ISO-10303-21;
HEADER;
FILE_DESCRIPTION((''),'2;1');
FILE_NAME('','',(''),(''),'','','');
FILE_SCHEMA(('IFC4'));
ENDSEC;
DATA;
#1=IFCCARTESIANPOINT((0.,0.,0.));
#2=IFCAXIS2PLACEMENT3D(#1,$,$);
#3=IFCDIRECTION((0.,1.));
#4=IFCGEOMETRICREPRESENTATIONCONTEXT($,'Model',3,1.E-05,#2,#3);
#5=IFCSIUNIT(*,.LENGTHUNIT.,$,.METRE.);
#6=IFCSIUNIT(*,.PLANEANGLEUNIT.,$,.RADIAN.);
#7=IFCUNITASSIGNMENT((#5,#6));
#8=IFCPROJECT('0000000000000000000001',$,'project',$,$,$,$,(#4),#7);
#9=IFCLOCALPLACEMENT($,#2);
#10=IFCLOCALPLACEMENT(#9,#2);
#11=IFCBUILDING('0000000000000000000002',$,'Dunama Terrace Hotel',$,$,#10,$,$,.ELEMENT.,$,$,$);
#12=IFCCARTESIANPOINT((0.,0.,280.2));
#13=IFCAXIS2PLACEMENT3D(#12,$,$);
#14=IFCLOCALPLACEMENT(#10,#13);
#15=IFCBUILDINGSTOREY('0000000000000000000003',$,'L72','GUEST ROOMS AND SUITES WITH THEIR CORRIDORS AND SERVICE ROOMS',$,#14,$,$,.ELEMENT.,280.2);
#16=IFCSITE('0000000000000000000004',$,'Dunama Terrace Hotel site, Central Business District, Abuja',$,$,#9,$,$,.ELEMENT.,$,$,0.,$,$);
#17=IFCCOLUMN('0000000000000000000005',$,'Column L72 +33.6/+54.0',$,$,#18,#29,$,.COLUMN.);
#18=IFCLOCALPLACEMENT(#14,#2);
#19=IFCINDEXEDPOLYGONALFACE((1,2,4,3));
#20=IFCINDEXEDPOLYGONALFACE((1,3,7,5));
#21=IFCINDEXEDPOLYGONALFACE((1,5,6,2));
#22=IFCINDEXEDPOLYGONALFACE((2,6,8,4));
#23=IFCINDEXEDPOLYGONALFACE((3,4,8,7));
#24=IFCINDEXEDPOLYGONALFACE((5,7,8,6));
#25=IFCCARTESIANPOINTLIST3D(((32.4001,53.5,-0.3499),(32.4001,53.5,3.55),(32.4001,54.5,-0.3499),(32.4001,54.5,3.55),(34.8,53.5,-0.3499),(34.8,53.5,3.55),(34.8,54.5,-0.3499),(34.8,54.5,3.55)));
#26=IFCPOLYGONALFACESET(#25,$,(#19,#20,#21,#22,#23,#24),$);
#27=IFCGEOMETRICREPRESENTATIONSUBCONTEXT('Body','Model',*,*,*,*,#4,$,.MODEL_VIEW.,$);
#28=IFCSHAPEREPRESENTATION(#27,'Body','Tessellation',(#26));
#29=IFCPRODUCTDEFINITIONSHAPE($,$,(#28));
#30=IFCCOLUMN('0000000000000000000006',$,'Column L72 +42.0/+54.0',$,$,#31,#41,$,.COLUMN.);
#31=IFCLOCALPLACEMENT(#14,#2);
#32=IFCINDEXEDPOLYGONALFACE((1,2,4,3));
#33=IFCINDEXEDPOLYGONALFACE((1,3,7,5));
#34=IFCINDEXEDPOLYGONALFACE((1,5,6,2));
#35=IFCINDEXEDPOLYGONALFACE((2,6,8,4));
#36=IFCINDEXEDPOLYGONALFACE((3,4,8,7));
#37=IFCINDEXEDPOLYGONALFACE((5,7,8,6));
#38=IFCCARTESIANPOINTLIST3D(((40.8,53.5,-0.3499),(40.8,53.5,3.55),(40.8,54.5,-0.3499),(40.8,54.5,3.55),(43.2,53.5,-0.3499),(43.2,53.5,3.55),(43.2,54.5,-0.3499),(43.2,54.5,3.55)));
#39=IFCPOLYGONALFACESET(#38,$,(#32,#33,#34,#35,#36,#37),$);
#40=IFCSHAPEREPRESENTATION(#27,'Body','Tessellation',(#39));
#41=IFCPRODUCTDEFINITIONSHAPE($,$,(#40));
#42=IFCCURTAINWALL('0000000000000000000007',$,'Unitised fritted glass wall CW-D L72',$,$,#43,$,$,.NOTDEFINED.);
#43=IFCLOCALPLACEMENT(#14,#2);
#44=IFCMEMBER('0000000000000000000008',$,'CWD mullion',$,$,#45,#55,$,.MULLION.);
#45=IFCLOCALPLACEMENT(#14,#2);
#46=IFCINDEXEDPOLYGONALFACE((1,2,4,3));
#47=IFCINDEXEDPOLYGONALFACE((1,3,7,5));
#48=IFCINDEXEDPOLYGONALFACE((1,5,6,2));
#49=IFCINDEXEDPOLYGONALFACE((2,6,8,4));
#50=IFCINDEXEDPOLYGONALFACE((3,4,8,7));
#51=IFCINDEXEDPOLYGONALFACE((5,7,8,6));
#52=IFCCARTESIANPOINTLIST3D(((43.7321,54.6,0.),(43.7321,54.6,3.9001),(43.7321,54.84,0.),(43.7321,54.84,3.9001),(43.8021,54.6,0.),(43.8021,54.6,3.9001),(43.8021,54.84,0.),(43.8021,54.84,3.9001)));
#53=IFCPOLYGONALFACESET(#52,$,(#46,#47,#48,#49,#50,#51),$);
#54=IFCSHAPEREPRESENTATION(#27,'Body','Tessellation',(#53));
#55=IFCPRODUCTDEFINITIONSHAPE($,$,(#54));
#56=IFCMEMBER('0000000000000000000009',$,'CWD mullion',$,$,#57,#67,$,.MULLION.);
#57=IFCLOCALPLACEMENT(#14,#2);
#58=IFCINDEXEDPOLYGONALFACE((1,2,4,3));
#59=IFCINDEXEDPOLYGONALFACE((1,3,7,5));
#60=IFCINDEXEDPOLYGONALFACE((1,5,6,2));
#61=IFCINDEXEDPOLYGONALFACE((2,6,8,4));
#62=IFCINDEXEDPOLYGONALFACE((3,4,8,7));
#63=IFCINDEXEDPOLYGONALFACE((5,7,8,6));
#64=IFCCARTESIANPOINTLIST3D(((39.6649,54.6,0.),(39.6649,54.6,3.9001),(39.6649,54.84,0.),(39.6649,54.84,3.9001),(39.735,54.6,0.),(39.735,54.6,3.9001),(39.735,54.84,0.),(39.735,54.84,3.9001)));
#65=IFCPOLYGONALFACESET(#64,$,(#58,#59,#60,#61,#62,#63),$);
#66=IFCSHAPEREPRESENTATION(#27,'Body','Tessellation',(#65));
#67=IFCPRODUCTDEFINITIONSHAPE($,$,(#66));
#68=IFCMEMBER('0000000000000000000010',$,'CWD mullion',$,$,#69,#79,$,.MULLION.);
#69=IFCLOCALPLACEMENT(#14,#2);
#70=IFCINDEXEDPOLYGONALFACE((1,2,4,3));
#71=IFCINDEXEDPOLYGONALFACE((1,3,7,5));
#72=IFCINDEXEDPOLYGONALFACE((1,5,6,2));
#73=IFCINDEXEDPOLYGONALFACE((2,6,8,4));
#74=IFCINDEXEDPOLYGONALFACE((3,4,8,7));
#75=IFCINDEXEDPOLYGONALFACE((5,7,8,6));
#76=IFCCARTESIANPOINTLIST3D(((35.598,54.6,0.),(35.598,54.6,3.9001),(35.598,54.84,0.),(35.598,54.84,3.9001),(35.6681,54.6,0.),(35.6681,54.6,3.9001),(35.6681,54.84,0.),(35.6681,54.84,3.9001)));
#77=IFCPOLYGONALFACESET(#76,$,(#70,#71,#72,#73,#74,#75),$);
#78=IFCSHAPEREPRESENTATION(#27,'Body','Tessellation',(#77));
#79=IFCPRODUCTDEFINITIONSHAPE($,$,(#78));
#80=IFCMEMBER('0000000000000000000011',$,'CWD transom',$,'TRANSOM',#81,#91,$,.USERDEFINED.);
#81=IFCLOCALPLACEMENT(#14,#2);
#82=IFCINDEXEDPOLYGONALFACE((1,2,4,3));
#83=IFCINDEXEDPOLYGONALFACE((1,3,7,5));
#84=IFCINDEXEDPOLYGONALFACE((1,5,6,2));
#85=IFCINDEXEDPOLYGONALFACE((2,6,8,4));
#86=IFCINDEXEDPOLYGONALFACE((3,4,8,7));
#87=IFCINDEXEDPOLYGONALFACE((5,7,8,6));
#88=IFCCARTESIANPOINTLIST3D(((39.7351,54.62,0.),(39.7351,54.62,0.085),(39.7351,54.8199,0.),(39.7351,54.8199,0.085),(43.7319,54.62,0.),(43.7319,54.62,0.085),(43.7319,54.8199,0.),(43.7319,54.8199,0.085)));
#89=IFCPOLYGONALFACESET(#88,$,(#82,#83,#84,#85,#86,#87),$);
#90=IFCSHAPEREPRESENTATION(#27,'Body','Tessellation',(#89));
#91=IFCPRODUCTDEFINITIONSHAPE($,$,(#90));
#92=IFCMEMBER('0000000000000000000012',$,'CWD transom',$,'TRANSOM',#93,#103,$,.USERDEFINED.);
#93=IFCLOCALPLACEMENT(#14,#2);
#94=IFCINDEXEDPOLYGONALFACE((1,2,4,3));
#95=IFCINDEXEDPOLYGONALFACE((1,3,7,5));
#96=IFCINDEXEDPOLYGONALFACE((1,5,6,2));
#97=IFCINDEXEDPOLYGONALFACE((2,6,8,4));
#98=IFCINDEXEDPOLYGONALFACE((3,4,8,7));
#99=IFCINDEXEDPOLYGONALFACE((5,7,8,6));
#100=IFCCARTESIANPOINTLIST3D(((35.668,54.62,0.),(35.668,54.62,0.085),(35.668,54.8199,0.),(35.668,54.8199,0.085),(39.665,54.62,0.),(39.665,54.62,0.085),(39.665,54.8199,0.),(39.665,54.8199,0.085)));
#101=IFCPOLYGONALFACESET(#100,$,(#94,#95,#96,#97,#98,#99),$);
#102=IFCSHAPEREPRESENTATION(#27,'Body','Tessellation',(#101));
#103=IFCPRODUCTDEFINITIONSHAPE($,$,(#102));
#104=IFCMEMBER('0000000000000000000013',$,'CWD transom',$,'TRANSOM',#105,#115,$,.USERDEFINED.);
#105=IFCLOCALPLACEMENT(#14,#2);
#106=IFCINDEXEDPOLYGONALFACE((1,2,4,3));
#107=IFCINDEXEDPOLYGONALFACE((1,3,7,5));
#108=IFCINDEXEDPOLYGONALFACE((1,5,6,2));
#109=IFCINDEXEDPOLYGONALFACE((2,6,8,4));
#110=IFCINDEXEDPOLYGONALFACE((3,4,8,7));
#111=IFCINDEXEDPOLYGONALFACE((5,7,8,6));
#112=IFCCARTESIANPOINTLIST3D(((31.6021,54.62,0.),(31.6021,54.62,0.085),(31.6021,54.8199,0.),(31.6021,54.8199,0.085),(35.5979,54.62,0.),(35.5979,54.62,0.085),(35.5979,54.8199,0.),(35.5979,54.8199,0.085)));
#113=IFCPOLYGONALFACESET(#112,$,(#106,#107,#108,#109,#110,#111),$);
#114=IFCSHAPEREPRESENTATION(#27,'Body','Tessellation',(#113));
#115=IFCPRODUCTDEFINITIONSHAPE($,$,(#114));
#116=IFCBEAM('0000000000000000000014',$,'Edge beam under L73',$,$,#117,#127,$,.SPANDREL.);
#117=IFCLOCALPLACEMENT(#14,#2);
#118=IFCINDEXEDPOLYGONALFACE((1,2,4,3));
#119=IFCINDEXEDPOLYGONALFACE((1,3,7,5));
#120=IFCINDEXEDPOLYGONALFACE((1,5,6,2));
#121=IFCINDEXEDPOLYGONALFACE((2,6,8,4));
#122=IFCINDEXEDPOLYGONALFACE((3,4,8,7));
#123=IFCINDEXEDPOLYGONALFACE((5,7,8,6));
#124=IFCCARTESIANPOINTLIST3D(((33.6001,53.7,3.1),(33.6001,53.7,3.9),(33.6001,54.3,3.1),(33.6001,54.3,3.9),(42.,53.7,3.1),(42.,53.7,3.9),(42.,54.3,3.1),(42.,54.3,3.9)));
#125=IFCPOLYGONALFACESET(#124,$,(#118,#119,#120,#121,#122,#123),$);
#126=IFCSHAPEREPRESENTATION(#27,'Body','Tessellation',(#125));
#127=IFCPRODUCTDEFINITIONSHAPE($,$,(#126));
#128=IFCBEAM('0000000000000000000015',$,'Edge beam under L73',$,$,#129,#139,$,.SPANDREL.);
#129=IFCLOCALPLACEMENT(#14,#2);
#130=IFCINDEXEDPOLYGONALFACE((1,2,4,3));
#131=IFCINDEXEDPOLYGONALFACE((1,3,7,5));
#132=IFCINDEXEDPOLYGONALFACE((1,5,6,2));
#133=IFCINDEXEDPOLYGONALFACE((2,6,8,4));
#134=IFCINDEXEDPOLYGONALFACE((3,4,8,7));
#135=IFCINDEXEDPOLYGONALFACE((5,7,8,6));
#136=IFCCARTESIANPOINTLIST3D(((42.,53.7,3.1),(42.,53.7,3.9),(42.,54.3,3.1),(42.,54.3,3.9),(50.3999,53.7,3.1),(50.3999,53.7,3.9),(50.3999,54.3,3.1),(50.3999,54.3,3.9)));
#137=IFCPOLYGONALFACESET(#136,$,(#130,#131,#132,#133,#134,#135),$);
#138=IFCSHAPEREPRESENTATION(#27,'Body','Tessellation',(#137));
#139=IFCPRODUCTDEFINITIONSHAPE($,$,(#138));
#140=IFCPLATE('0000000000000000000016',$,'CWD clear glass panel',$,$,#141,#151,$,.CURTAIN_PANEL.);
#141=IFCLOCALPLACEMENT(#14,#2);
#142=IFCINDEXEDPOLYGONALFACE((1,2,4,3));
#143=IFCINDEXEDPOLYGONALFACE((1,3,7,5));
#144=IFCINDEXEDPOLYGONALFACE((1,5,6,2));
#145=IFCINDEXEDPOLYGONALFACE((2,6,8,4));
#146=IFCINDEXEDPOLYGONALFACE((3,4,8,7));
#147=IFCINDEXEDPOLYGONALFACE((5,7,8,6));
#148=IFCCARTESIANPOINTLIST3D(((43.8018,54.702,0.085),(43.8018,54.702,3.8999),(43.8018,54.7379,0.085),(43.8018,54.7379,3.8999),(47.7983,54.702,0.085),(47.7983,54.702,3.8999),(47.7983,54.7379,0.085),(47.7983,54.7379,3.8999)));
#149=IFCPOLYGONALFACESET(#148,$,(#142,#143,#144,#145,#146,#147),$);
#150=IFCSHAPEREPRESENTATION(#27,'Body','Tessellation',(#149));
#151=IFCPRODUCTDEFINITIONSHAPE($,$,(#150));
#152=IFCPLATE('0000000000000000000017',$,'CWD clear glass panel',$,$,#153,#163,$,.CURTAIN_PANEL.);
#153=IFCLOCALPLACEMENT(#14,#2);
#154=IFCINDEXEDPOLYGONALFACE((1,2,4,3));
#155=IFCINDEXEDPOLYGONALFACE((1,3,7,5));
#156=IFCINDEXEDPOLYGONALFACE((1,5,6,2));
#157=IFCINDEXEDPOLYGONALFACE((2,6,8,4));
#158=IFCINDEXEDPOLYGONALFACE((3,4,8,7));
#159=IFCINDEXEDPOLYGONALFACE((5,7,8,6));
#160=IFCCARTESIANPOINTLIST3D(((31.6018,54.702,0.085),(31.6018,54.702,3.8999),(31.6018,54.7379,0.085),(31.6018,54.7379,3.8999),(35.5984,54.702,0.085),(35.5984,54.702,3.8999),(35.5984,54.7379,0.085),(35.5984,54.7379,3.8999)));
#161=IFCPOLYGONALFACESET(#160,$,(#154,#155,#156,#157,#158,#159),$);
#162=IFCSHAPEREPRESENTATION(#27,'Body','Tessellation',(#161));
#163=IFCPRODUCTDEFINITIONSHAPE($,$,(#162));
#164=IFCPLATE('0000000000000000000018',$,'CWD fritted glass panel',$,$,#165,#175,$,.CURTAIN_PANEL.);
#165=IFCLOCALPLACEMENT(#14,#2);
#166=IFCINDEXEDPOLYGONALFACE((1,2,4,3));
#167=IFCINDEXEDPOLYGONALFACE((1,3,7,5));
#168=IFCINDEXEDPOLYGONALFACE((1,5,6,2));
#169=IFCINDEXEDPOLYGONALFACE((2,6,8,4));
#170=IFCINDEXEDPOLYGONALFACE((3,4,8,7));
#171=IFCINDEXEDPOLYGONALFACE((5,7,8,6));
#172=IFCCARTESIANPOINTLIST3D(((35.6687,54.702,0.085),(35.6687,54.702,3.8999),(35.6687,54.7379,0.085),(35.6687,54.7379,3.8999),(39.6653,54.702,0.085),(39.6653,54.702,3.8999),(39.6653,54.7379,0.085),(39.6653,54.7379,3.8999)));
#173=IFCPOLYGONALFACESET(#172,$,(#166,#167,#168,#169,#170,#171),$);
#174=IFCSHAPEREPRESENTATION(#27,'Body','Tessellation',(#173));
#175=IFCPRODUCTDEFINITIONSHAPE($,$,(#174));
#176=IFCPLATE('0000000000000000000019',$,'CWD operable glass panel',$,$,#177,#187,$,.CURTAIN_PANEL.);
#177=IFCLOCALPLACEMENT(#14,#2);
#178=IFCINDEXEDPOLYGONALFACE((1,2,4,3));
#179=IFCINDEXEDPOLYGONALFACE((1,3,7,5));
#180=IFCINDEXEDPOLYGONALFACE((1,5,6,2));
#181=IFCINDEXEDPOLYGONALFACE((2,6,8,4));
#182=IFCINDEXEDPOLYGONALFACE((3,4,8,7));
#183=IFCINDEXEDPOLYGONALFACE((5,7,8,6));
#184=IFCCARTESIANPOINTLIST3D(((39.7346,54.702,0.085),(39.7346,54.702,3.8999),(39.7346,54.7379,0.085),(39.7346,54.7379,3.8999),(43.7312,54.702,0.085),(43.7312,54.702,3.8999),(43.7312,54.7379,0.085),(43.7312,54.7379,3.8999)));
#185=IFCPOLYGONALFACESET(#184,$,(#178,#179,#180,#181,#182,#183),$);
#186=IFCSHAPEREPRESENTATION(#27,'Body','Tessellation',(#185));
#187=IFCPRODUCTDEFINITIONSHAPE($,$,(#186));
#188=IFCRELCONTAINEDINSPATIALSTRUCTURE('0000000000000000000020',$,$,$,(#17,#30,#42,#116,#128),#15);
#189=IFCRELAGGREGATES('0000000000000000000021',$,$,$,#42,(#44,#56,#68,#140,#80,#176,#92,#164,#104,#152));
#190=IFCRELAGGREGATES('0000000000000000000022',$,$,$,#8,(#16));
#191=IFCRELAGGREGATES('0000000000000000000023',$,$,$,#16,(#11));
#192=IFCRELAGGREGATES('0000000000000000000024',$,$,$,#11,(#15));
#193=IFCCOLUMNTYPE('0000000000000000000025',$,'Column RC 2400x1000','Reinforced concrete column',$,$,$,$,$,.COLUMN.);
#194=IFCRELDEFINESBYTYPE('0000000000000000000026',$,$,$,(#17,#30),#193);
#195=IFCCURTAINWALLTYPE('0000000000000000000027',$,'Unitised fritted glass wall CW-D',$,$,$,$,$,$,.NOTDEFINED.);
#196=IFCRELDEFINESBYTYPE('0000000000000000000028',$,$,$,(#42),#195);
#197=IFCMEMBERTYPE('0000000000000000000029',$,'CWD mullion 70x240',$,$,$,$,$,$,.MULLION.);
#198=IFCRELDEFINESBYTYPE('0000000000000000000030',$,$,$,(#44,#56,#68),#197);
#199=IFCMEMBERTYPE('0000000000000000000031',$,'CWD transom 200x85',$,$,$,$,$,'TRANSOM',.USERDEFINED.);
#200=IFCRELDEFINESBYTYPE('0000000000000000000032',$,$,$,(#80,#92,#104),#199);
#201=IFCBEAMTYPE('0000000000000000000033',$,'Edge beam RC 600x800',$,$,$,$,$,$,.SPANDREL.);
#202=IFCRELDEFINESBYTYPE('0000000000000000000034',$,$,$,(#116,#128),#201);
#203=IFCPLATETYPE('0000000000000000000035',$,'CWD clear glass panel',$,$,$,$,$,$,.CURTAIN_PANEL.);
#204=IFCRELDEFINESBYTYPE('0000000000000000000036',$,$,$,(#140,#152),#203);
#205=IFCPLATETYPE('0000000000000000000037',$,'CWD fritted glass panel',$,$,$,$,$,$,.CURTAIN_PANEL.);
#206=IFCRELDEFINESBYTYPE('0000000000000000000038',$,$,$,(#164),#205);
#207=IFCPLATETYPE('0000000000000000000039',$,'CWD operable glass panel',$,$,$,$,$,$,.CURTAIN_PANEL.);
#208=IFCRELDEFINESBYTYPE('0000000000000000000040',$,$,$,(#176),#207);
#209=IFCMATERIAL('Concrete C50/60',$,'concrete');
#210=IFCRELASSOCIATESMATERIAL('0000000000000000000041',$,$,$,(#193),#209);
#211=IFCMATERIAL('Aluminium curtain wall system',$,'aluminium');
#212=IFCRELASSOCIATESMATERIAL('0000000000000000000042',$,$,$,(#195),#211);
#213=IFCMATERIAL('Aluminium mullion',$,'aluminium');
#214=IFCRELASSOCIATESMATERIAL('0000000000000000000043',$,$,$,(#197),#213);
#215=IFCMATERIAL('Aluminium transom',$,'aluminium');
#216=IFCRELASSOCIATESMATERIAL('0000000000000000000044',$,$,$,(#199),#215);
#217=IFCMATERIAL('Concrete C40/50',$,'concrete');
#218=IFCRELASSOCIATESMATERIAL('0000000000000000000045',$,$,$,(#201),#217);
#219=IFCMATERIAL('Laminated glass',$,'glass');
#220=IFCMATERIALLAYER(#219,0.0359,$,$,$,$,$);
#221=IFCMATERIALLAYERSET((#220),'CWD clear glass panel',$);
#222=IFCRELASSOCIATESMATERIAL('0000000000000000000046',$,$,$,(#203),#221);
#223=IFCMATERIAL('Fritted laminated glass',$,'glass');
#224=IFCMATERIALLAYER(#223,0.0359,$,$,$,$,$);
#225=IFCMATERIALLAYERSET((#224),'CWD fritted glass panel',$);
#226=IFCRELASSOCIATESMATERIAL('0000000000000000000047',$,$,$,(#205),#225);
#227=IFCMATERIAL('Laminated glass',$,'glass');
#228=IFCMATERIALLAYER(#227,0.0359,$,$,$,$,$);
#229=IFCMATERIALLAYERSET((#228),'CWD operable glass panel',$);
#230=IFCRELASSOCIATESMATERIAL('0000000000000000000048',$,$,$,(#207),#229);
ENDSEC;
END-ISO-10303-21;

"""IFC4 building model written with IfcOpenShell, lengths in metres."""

from ifc_helpers import new_model, si_unit, direction, frame, origin, origin_2d, place, context, subcontext, project, spatial, rectangle, extrude, material, layer, layer_set, material_profile, profile_set, type_object, element, aggregate, save


model = new_model("IFC4")

# Units and contexts
model_context = context("Model", 3, precision=1e-05, world=origin(), true_north=direction((0.0, 1.0)))
body_context = subcontext(model_context, "Body", "Model", "MODEL_VIEW")
ifc_project = project(units=[si_unit("LENGTHUNIT", "METRE"), si_unit("PLANEANGLEUNIT", "RADIAN")], contexts=[model_context])

# Site, building, storey
site_placement = place(None, origin())
site = spatial("IfcSite", under=ifc_project, at=site_placement, Name="Dunama Terrace Hotel site, Central Business District, Abuja", CompositionType="ELEMENT", RefElevation=0.0)
building_placement = place(site_placement, origin())
building = spatial("IfcBuilding", under=site, at=building_placement, Name="Dunama Terrace Hotel", CompositionType="ELEMENT")
storey_placement = place(building_placement, frame((0.0, 0.0, 280.2)))
storey = spatial("IfcBuildingStorey", under=building, at=storey_placement, Name="L72", Description="GUEST ROOMS AND SUITES WITH THEIR CORRIDORS AND SERVICE ROOMS", CompositionType="ELEMENT", Elevation=280.2)

# Columns
ifc_material_1 = material(Name="Concrete C50/60", Category="concrete")
ifc_material_profile_1 = material_profile(ifc_material_1, rectangle(XDim=2.3999, YDim=1.0, at=origin_2d()), Name="RC 2400x1000")
ifc_profile_set_1 = profile_set([ifc_material_profile_1], Name="Concrete C50/60")
column_type = type_object("IfcColumnType", Name="Column RC 2400x1000", Description="Reinforced concrete column", PredefinedType="COLUMN", material=ifc_profile_set_1)
for number, where, z_axis, x_axis, name in (
    (1, (33.6001, 54.0, -0.3499), (0.0, 0.0, 1.0), (1.0, 0.0, 0.0), "Column L72 +33.6/+54.0"),
    (2, (42.0, 54.0, -0.3499), (0.0, 0.0, 1.0), (1.0, 0.0, 0.0), "Column L72 +42.0/+54.0"),
):
    element("IfcColumn", number, at=place(storey_placement, frame(where, z_axis=z_axis, x_axis=x_axis)), inside=storey, type_object=column_type, Name=name, PredefinedType="COLUMN", context=body_context, shape_type="SweptSolid", body=[
        extrude(rectangle(XDim=2.3999, YDim=1.0, at=origin_2d()), origin(), (0.0, 0.0, 1.0), 3.8999),
    ])

# Curtain wall, members
ifc_material_2 = material(Name="Aluminium curtain wall system", Category="aluminium")
curtain_wall_type = type_object("IfcCurtainWallType", Name="Unitised fritted glass wall CW-D", PredefinedType="NOTDEFINED", material=ifc_material_2)
curtain_wall_placement = place(storey_placement, origin())
curtain_wall = element("IfcCurtainWall", 3, at=curtain_wall_placement, inside=storey, type_object=curtain_wall_type, Name="Unitised fritted glass wall CW-D L72", PredefinedType="NOTDEFINED")
ifc_material_3 = material(Name="Aluminium mullion", Category="aluminium")
ifc_material_profile_2 = material_profile(ifc_material_3, rectangle(XDim=0.0701, YDim=0.24, at=origin_2d()), Name="CWD MULLION 70X240")
ifc_profile_set_2 = profile_set([ifc_material_profile_2], Name="Aluminium mullion")
member_type_1 = type_object("IfcMemberType", Name="CWD mullion 70x240", PredefinedType="MULLION", material=ifc_profile_set_2)
member_1_placement = place(storey_placement, frame((43.7671, 54.72, 0.0), z_axis=(0.0, 0.0, 1.0), x_axis=(-1.0, 0.0, 0.0)))
member_1 = element("IfcMember", 4, at=member_1_placement, type_object=member_type_1, Name="CWD mullion", PredefinedType="MULLION", context=body_context, shape_type="SweptSolid", body=[
    extrude(rectangle(XDim=0.0701, YDim=0.24, at=origin_2d()), origin(), (0.0, 0.0, 1.0), 3.9001),
])
member_2_placement = place(storey_placement, frame((39.7, 54.72, 0.0), z_axis=(0.0, 0.0, 1.0), x_axis=(-1.0, 0.0, 0.0)))
member_2 = element("IfcMember", 5, at=member_2_placement, type_object=member_type_1, Name="CWD mullion", PredefinedType="MULLION", context=body_context, shape_type="SweptSolid", body=[
    extrude(rectangle(XDim=0.0701, YDim=0.24, at=origin_2d()), origin(), (0.0, 0.0, 1.0), 3.9001),
])
member_3_placement = place(storey_placement, frame((35.6331, 54.72, 0.0), z_axis=(0.0, 0.0, 1.0), x_axis=(-1.0, 0.0, 0.0)))
member_3 = element("IfcMember", 6, at=member_3_placement, type_object=member_type_1, Name="CWD mullion", PredefinedType="MULLION", context=body_context, shape_type="SweptSolid", body=[
    extrude(rectangle(XDim=0.0701, YDim=0.24, at=origin_2d()), origin(), (0.0, 0.0, 1.0), 3.9001),
])
ifc_material_4 = material(Name="Aluminium transom", Category="aluminium")
ifc_material_profile_3 = material_profile(ifc_material_4, rectangle(XDim=0.2, YDim=0.085, at=origin_2d()), Name="CWD TRANSOM 200X85")
ifc_profile_set_3 = profile_set([ifc_material_profile_3], Name="Aluminium transom")
member_type_2 = type_object("IfcMemberType", Name="CWD transom 200x85", ElementType="TRANSOM", PredefinedType="USERDEFINED", material=ifc_profile_set_3)
member_4_placement = place(storey_placement, frame((43.7319, 54.72, 0.0425), z_axis=(-1.0, 0.0, 0.0), x_axis=(0.0, -1.0, 0.0)))
member_4 = element("IfcMember", 7, at=member_4_placement, type_object=member_type_2, Name="CWD transom", ObjectType="TRANSOM", PredefinedType="USERDEFINED", context=body_context, shape_type="SweptSolid", body=[
    extrude(rectangle(XDim=0.2, YDim=0.085, at=origin_2d()), origin(), (0.0, 0.0, 1.0), 3.9968),
])
member_5_placement = place(storey_placement, frame((39.665, 54.72, 0.0425), z_axis=(-1.0, 0.0, 0.0), x_axis=(0.0, -1.0, 0.0)))
member_5 = element("IfcMember", 8, at=member_5_placement, type_object=member_type_2, Name="CWD transom", ObjectType="TRANSOM", PredefinedType="USERDEFINED", context=body_context, shape_type="SweptSolid", body=[
    extrude(rectangle(XDim=0.2, YDim=0.085, at=origin_2d()), origin(), (0.0, 0.0, 1.0), 3.9971),
])
member_6_placement = place(storey_placement, frame((35.5979, 54.72, 0.0425), z_axis=(-1.0, 0.0, 0.0), x_axis=(0.0, -1.0, 0.0)))
member_6 = element("IfcMember", 9, at=member_6_placement, type_object=member_type_2, Name="CWD transom", ObjectType="TRANSOM", PredefinedType="USERDEFINED", context=body_context, shape_type="SweptSolid", body=[
    extrude(rectangle(XDim=0.2, YDim=0.085, at=origin_2d()), origin(), (0.0, 0.0, 1.0), 3.9958),
])

# Beams
ifc_material_5 = material(Name="Concrete C40/50", Category="concrete")
ifc_material_profile_4 = material_profile(ifc_material_5, rectangle(XDim=0.6001, YDim=0.8, at=origin_2d()), Name="RC 600x800")
ifc_profile_set_4 = profile_set([ifc_material_profile_4], Name="Concrete C40/50")
beam_type = type_object("IfcBeamType", Name="Edge beam RC 600x800", PredefinedType="SPANDREL", material=ifc_profile_set_4)
for number, where, z_axis, x_axis, name in (
    (10, (33.6001, 54.0, 3.5), (1.0, 0.0, 0.0), (0.0, 1.0, 0.0), "Edge beam under L73"),
    (11, (42.0, 54.0, 3.5), (1.0, 0.0, 0.0), (0.0, 1.0, 0.0), "Edge beam under L73"),
):
    element("IfcBeam", number, at=place(storey_placement, frame(where, z_axis=z_axis, x_axis=x_axis)), inside=storey, type_object=beam_type, Name=name, PredefinedType="SPANDREL", context=body_context, shape_type="SweptSolid", body=[
        extrude(rectangle(XDim=0.6001, YDim=0.8, at=origin_2d()), origin(), (0.0, 0.0, 1.0), 8.3999),
    ])

# Plates
ifc_material_6 = material(Name="Laminated glass", Category="glass")
ifc_layer_1 = layer(ifc_material_6, 0.0359)
ifc_layer_set_1 = layer_set([ifc_layer_1], Name="CWD clear glass panel")
plate_type_1 = type_object("IfcPlateType", Name="CWD clear glass panel", PredefinedType="CURTAIN_PANEL", material=ifc_layer_set_1)
plate_1_placement = place(storey_placement, frame((45.8, 54.72, 0.085), z_axis=(0.0, 0.0, 1.0), x_axis=(-1.0, 0.0, 0.0)))
plate_1 = element("IfcPlate", 12, at=plate_1_placement, type_object=plate_type_1, Name="CWD clear glass panel", PredefinedType="CURTAIN_PANEL", context=body_context, shape_type="SweptSolid", body=[
    extrude(rectangle(XDim=3.9966, YDim=0.0359, at=origin_2d()), origin(), (0.0, 0.0, 1.0), 3.8149),
])
plate_2_placement = place(storey_placement, frame((33.6001, 54.72, 0.085), z_axis=(0.0, 0.0, 1.0), x_axis=(-1.0, 0.0, 0.0)))
plate_2 = element("IfcPlate", 13, at=plate_2_placement, type_object=plate_type_1, Name="CWD clear glass panel", PredefinedType="CURTAIN_PANEL", context=body_context, shape_type="SweptSolid", body=[
    extrude(rectangle(XDim=3.9966, YDim=0.0359, at=origin_2d()), origin(), (0.0, 0.0, 1.0), 3.8149),
])
ifc_material_7 = material(Name="Fritted laminated glass", Category="glass")
ifc_layer_2 = layer(ifc_material_7, 0.0359)
ifc_layer_set_2 = layer_set([ifc_layer_2], Name="CWD fritted glass panel")
plate_type_2 = type_object("IfcPlateType", Name="CWD fritted glass panel", PredefinedType="CURTAIN_PANEL", material=ifc_layer_set_2)
plate_3_placement = place(storey_placement, frame((37.667, 54.72, 0.085), z_axis=(0.0, 0.0, 1.0), x_axis=(-1.0, 0.0, 0.0)))
plate_3 = element("IfcPlate", 14, at=plate_3_placement, type_object=plate_type_2, Name="CWD fritted glass panel", PredefinedType="CURTAIN_PANEL", context=body_context, shape_type="SweptSolid", body=[
    extrude(rectangle(XDim=3.9966, YDim=0.0359, at=origin_2d()), origin(), (0.0, 0.0, 1.0), 3.8149),
])
ifc_material_8 = material(Name="Laminated glass", Category="glass")
ifc_layer_3 = layer(ifc_material_8, 0.0359)
ifc_layer_set_3 = layer_set([ifc_layer_3], Name="CWD operable glass panel")
plate_type_3 = type_object("IfcPlateType", Name="CWD operable glass panel", PredefinedType="CURTAIN_PANEL", material=ifc_layer_set_3)
plate_4_placement = place(storey_placement, frame((41.7329, 54.72, 0.085), z_axis=(0.0, 0.0, 1.0), x_axis=(-1.0, 0.0, 0.0)))
plate_4 = element("IfcPlate", 15, at=plate_4_placement, type_object=plate_type_3, Name="CWD operable glass panel", PredefinedType="CURTAIN_PANEL", context=body_context, shape_type="SweptSolid", body=[
    extrude(rectangle(XDim=3.9966, YDim=0.0359, at=origin_2d()), origin(), (0.0, 0.0, 1.0), 3.8149),
])
aggregate(curtain_wall, [member_1, member_2, member_3, plate_1, member_4, plate_4, member_5, plate_3, member_6, plate_2])

save(model, "model.ifc")
